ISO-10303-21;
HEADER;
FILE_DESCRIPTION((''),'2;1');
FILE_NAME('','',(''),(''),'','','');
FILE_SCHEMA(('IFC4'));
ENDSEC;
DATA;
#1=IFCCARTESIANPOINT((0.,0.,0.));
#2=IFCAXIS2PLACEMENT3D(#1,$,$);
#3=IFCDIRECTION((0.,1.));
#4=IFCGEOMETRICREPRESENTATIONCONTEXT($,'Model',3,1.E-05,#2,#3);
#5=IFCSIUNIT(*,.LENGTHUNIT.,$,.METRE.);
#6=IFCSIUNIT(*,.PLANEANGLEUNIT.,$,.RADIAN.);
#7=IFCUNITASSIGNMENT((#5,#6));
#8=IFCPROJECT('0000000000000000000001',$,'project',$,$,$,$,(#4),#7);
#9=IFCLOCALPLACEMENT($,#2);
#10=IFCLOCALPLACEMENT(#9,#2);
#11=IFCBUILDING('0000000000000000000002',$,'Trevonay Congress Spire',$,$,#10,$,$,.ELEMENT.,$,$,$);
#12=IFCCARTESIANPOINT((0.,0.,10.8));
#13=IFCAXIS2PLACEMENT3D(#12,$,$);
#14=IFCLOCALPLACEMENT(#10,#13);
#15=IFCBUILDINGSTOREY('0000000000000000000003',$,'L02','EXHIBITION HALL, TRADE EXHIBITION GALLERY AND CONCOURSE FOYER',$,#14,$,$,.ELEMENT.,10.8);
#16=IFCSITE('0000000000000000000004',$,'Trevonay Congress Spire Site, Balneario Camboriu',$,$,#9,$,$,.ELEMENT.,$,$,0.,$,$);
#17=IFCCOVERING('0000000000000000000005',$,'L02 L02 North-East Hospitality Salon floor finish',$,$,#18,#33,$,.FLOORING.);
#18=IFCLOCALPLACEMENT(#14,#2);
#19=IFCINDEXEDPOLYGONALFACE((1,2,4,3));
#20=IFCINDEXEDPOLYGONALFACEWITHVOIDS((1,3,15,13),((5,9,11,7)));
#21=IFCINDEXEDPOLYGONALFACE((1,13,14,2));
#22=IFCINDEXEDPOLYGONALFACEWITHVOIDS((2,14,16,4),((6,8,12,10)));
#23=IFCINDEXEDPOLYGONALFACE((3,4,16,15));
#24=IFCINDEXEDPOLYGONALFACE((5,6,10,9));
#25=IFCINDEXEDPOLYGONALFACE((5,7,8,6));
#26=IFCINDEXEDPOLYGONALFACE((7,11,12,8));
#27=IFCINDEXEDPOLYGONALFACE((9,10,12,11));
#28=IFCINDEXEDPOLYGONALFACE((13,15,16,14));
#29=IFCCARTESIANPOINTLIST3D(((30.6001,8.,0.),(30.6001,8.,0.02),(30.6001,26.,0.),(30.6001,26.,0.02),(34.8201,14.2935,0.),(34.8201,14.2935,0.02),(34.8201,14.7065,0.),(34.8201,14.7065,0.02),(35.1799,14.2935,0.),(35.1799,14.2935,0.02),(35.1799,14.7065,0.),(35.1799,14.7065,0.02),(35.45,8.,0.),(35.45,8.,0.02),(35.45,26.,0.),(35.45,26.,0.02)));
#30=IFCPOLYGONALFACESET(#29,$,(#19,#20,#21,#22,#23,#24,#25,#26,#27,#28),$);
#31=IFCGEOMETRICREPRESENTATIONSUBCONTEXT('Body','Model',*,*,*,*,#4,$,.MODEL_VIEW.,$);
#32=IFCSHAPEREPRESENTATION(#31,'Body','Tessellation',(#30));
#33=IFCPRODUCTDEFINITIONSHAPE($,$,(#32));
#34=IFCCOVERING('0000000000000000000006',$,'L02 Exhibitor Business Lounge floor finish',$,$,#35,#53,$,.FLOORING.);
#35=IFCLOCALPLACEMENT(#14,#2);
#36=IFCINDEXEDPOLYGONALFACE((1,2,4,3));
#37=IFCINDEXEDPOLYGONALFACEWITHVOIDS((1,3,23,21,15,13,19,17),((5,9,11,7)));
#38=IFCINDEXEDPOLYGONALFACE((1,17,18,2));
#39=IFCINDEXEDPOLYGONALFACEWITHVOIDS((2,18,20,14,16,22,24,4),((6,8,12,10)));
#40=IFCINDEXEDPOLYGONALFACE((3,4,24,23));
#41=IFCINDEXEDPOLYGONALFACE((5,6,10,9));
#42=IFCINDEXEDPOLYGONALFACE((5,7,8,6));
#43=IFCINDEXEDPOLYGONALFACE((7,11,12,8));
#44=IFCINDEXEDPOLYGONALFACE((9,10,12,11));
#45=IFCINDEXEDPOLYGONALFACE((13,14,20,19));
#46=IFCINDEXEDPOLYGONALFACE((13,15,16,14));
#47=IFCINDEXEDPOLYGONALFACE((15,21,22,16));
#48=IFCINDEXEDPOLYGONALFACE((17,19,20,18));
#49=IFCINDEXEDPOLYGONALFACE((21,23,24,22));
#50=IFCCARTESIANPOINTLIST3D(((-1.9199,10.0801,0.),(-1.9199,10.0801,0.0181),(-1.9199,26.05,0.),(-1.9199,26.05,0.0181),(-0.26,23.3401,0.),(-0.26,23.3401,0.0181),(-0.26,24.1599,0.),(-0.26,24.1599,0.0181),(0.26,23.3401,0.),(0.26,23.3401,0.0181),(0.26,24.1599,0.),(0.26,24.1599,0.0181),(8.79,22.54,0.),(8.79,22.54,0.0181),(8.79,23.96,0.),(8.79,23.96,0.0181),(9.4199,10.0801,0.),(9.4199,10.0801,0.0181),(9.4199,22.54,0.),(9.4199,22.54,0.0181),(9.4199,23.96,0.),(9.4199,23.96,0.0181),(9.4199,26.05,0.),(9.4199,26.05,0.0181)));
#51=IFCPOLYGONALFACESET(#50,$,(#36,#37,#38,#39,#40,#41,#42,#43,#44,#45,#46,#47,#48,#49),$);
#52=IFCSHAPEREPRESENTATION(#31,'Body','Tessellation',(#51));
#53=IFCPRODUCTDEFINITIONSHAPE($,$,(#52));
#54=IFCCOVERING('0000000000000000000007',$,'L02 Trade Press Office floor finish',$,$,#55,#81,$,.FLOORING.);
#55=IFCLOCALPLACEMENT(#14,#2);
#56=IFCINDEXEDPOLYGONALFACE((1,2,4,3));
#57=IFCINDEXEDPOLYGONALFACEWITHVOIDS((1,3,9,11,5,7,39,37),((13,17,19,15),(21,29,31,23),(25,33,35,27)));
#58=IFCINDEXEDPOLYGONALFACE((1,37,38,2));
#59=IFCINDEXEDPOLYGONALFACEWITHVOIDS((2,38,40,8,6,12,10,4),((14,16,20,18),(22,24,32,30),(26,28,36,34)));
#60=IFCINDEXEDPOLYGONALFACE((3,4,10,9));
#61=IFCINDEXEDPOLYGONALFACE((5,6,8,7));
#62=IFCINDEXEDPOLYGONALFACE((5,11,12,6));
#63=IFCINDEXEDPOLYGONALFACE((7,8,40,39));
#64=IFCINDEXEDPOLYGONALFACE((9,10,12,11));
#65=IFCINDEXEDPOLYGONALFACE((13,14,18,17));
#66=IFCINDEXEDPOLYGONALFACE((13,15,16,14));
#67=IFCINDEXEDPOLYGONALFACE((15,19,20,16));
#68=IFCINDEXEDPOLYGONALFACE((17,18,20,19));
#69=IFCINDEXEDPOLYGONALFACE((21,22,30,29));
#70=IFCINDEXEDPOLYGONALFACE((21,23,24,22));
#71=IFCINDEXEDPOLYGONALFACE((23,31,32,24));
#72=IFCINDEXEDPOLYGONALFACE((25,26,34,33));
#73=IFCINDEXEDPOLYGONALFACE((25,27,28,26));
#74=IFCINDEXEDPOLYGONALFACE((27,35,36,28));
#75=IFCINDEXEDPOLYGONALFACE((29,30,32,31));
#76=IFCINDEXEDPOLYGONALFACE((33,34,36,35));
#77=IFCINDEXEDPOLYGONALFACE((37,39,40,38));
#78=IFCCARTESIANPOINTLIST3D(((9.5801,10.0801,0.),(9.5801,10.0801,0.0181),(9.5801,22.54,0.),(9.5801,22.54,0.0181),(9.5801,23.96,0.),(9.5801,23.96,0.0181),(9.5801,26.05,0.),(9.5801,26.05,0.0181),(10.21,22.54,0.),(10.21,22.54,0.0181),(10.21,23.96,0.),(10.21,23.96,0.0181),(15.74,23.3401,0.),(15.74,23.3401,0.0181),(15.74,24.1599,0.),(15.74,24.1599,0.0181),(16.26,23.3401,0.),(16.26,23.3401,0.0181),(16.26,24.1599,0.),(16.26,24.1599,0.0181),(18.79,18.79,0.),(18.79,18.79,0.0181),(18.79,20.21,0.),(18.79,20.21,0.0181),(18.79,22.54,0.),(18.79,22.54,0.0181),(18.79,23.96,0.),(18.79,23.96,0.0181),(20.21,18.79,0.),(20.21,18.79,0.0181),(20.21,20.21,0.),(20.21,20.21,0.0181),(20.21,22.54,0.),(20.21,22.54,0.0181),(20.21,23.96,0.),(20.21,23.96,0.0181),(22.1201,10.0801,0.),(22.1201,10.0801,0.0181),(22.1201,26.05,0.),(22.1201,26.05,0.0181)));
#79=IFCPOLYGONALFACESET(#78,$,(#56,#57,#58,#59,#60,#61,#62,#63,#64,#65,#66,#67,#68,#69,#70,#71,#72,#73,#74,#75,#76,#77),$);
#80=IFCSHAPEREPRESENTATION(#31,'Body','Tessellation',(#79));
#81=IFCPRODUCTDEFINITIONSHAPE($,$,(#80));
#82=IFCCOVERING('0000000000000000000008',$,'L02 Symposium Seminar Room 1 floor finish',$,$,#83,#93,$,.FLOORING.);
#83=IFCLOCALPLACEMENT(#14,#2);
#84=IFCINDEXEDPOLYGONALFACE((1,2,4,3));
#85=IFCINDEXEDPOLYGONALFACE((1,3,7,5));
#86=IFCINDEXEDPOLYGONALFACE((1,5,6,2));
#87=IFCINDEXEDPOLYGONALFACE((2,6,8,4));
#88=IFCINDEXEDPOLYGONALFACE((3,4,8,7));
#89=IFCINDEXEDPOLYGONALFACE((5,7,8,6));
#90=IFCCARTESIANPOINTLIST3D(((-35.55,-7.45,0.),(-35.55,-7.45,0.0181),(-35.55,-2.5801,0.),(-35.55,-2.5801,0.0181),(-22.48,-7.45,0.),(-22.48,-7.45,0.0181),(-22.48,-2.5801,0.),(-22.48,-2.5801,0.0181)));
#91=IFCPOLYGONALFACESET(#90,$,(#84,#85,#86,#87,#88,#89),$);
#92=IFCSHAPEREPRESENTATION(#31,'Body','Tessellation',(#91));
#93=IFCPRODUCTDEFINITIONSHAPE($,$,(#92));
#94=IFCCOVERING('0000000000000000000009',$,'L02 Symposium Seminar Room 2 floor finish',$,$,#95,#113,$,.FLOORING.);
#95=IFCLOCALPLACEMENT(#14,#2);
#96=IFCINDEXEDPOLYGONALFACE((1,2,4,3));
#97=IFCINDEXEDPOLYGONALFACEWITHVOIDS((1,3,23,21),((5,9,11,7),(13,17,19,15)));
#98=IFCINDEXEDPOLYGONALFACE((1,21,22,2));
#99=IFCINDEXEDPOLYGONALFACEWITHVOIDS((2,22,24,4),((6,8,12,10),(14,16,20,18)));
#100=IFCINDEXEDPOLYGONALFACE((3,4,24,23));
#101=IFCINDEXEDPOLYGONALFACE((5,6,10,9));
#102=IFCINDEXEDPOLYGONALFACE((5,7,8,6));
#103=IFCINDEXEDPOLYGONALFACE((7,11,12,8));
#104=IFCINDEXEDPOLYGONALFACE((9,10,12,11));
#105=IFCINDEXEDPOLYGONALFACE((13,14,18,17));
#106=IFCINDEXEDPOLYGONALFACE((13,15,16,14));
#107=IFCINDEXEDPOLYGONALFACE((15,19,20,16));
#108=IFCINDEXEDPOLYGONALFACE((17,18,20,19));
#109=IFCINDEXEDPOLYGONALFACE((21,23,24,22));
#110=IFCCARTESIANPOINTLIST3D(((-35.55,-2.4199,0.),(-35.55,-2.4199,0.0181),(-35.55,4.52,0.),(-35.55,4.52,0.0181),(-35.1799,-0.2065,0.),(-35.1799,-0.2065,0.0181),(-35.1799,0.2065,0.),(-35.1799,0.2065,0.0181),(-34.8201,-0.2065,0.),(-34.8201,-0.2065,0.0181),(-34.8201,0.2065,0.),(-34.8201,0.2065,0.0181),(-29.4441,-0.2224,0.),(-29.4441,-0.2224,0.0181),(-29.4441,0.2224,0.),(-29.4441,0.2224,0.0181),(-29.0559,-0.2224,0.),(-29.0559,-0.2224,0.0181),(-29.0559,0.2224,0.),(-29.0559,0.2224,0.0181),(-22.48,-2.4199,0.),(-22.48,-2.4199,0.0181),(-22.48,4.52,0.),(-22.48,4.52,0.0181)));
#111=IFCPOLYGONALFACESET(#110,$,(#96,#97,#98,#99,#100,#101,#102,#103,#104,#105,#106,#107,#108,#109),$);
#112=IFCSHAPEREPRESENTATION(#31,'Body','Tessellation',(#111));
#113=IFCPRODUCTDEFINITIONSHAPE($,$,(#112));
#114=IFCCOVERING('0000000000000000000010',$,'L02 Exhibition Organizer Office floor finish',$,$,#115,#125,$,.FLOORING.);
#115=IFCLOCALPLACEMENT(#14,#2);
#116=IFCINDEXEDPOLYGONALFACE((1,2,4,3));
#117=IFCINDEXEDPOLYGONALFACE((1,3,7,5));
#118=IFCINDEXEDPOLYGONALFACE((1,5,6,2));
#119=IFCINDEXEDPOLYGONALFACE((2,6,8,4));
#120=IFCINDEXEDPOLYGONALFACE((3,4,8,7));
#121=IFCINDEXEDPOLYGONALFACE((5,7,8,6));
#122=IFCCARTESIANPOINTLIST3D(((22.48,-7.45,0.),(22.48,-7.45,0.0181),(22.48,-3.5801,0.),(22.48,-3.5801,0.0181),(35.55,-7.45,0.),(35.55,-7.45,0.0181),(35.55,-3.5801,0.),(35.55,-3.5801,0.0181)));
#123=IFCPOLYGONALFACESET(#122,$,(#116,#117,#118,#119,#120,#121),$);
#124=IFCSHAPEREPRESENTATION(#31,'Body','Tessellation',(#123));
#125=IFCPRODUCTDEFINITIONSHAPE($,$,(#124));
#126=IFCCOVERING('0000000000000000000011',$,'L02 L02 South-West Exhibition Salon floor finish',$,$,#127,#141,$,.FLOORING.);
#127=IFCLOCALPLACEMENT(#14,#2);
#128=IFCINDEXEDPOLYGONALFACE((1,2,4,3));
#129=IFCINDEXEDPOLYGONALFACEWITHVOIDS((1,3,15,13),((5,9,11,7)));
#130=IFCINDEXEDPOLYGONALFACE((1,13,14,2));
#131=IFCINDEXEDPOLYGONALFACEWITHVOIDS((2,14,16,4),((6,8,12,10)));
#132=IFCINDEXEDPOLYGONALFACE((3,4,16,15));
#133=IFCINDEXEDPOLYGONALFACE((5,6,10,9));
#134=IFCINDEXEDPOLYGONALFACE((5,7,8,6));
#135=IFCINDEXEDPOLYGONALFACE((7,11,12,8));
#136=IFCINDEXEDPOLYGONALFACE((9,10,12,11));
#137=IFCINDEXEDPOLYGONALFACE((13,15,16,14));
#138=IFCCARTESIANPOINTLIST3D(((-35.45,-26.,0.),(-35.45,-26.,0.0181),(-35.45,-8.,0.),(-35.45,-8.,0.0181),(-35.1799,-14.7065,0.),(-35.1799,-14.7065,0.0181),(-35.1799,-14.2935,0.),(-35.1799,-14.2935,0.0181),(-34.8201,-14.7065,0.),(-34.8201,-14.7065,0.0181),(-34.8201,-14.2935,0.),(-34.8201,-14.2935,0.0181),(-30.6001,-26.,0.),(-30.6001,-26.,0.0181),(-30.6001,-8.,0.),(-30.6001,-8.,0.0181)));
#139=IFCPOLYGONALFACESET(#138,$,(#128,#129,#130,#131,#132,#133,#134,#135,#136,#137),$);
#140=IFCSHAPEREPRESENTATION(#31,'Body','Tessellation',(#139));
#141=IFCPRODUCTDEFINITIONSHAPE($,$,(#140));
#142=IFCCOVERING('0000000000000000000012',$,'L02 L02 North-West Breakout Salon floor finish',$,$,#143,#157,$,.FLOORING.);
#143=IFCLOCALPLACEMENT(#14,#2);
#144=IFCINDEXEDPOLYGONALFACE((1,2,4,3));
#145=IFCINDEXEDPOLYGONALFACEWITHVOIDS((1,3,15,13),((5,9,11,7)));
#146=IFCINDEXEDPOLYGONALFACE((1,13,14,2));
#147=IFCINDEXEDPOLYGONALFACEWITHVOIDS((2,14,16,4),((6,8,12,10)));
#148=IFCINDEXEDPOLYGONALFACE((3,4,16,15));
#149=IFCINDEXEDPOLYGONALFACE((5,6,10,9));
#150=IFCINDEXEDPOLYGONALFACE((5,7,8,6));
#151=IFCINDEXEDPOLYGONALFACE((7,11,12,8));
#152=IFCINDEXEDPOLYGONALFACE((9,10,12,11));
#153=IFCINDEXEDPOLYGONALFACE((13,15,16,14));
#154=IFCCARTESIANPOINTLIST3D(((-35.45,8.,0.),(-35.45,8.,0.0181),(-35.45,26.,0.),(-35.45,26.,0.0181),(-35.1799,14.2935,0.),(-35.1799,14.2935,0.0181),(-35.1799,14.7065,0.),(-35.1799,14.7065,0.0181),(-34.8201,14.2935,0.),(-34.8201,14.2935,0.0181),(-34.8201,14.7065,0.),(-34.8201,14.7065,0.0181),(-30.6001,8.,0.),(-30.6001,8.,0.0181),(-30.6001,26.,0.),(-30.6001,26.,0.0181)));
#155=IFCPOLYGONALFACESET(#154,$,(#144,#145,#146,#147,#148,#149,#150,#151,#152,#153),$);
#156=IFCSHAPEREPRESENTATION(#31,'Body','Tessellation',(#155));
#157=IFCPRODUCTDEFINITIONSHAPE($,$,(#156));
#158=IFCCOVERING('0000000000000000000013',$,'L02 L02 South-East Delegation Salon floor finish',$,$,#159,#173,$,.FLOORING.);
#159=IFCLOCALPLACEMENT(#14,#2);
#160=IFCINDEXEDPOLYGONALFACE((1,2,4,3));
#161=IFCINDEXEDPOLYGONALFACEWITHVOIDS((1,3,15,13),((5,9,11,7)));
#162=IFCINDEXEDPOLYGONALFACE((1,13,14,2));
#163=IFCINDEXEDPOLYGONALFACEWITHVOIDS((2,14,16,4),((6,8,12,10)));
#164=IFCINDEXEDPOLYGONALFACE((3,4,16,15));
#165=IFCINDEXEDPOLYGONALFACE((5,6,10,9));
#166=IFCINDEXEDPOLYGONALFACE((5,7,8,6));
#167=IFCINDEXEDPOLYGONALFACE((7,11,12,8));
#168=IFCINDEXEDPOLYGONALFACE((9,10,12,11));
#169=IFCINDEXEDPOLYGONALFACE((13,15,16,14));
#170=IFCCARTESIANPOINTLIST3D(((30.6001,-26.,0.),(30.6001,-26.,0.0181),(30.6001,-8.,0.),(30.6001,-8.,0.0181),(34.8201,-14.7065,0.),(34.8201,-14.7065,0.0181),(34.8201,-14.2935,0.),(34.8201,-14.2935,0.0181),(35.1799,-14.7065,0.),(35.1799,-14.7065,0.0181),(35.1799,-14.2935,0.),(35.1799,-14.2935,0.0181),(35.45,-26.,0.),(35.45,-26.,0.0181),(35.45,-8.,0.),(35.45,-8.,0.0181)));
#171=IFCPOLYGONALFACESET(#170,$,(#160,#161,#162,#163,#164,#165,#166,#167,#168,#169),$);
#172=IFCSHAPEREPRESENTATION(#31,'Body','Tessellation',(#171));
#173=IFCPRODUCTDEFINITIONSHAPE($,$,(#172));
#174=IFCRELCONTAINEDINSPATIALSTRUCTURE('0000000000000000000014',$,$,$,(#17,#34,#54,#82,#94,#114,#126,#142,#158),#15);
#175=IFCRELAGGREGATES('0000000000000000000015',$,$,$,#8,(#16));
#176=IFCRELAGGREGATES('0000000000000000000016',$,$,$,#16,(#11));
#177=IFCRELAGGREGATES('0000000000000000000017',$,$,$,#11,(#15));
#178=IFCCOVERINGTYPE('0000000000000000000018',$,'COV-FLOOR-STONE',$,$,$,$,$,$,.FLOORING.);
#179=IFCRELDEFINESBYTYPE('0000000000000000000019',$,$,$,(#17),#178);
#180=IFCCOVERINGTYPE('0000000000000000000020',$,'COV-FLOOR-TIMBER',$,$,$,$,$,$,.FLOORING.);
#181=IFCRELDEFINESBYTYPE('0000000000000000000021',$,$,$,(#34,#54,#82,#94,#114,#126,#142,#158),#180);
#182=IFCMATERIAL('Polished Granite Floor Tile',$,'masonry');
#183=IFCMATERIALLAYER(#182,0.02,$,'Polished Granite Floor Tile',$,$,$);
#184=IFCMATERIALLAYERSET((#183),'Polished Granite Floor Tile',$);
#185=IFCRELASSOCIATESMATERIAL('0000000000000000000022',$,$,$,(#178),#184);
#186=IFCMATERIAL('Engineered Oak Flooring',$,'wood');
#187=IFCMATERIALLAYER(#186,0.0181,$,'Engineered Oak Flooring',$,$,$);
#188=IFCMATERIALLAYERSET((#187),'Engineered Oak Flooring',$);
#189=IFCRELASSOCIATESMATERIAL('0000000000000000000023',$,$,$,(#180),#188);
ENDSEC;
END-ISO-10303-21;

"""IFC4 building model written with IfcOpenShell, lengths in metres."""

from ifc_helpers import new_model, si_unit, direction, frame, origin, place, context, subcontext, project, spatial, polyline, outline, extrude, material, layer, layer_set, type_object, element, save


model = new_model("IFC4")

# Units and contexts
model_context = context("Model", 3, precision=1e-05, world=origin(), true_north=direction((0.0, 1.0)))
body_context = subcontext(model_context, "Body", "Model", "MODEL_VIEW")
ifc_project = project(units=[si_unit("LENGTHUNIT", "METRE"), si_unit("PLANEANGLEUNIT", "RADIAN")], contexts=[model_context])

# Site, building, storey
site_placement = place(None, origin())
site = spatial("IfcSite", under=ifc_project, at=site_placement, Name="Trevonay Congress Spire Site, Balneario Camboriu", CompositionType="ELEMENT", RefElevation=0.0)
building_placement = place(site_placement, origin())
building = spatial("IfcBuilding", under=site, at=building_placement, Name="Trevonay Congress Spire", CompositionType="ELEMENT")
storey_placement = place(building_placement, frame((0.0, 0.0, 10.8)))
storey = spatial("IfcBuildingStorey", under=building, at=storey_placement, Name="L02", Description="EXHIBITION HALL, TRADE EXHIBITION GALLERY AND CONCOURSE FOYER", CompositionType="ELEMENT", Elevation=10.8)

# Coverings
ifc_material_1 = material(Name="Polished Granite Floor Tile", Category="masonry")
ifc_layer_1 = layer(ifc_material_1, 0.02, Name="Polished Granite Floor Tile")
ifc_layer_set_1 = layer_set([ifc_layer_1], Name="Polished Granite Floor Tile")
covering_type_1 = type_object("IfcCoveringType", Name="COV-FLOOR-STONE", PredefinedType="FLOORING", material=ifc_layer_set_1)
covering_1_placement = place(storey_placement, origin())
element("IfcCovering", 1, at=covering_1_placement, inside=storey, type_object=covering_type_1, Name="L02 L02 North-East Hospitality Salon floor finish", PredefinedType="FLOORING", context=body_context, shape_type="SweptSolid", body=[
    extrude(outline(polyline([(30.6001, 26.0), (35.45, 26.0), (35.45, 8.0), (30.6001, 8.0), (30.6001, 26.0)]), holes=[polyline([(35.1799, 14.2935), (35.1799, 14.7065), (34.8201, 14.7065), (34.8201, 14.2935), (35.1799, 14.2935)])]), origin(), (0.0, 0.0, 1.0), 0.02),
])
ifc_material_2 = material(Name="Engineered Oak Flooring", Category="wood")
ifc_layer_2 = layer(ifc_material_2, 0.0181, Name="Engineered Oak Flooring")
ifc_layer_set_2 = layer_set([ifc_layer_2], Name="Engineered Oak Flooring")
covering_type_2 = type_object("IfcCoveringType", Name="COV-FLOOR-TIMBER", PredefinedType="FLOORING", material=ifc_layer_set_2)
covering_2_placement = place(storey_placement, origin())
element("IfcCovering", 2, at=covering_2_placement, inside=storey, type_object=covering_type_2, Name="L02 Exhibitor Business Lounge floor finish", PredefinedType="FLOORING", context=body_context, shape_type="SweptSolid", body=[
    extrude(outline(polyline([(9.4199, 10.0801), (-1.9199, 10.0801), (-1.9199, 26.05), (9.4199, 26.05), (9.4199, 23.96), (8.79, 23.96), (8.79, 22.54), (9.4199, 22.54), (9.4199, 10.0801)]), holes=[polyline([(-0.26, 23.3401), (0.26, 23.3401), (0.26, 24.1599), (-0.26, 24.1599), (-0.26, 23.3401)])]), origin(), (0.0, 0.0, 1.0), 0.0181),
])
covering_3_placement = place(storey_placement, origin())
element("IfcCovering", 3, at=covering_3_placement, inside=storey, type_object=covering_type_2, Name="L02 Trade Press Office floor finish", PredefinedType="FLOORING", context=body_context, shape_type="SweptSolid", body=[
    extrude(outline(polyline([(9.5801, 26.05), (22.1201, 26.05), (22.1201, 10.0801), (9.5801, 10.0801), (9.5801, 22.54), (10.21, 22.54), (10.21, 23.96), (9.5801, 23.96), (9.5801, 26.05)]), holes=[polyline([(18.79, 20.21), (18.79, 18.79), (20.21, 18.79), (20.21, 20.21), (18.79, 20.21)]), polyline([(18.79, 23.96), (18.79, 22.54), (20.21, 22.54), (20.21, 23.96), (18.79, 23.96)]), polyline([(15.74, 24.1599), (15.74, 23.3401), (16.26, 23.3401), (16.26, 24.1599), (15.74, 24.1599)])]), origin(), (0.0, 0.0, 1.0), 0.0181),
])
covering_4_placement = place(storey_placement, origin())
element("IfcCovering", 4, at=covering_4_placement, inside=storey, type_object=covering_type_2, Name="L02 Symposium Seminar Room 1 floor finish", PredefinedType="FLOORING", context=body_context, shape_type="SweptSolid", body=[
    extrude(outline(polyline([(-35.55, -7.45), (-22.48, -7.45), (-22.48, -2.5801), (-35.55, -2.5801), (-35.55, -7.45)])), origin(), (0.0, 0.0, 1.0), 0.0181),
])
covering_5_placement = place(storey_placement, origin())
element("IfcCovering", 5, at=covering_5_placement, inside=storey, type_object=covering_type_2, Name="L02 Symposium Seminar Room 2 floor finish", PredefinedType="FLOORING", context=body_context, shape_type="SweptSolid", body=[
    extrude(outline(polyline([(-35.55, 4.52), (-22.48, 4.52), (-22.48, -2.4199), (-35.55, -2.4199), (-35.55, 4.52)]), holes=[polyline([(-35.1799, -0.2065), (-34.8201, -0.2065), (-34.8201, 0.2065), (-35.1799, 0.2065), (-35.1799, -0.2065)]), polyline([(-29.4441, -0.2224), (-29.0559, -0.2224), (-29.0559, 0.2224), (-29.4441, 0.2224), (-29.4441, -0.2224)])]), origin(), (0.0, 0.0, 1.0), 0.0181),
])
covering_6_placement = place(storey_placement, origin())
element("IfcCovering", 6, at=covering_6_placement, inside=storey, type_object=covering_type_2, Name="L02 Exhibition Organizer Office floor finish", PredefinedType="FLOORING", context=body_context, shape_type="SweptSolid", body=[
    extrude(outline(polyline([(22.48, -7.45), (35.55, -7.45), (35.55, -3.5801), (22.48, -3.5801), (22.48, -7.45)])), origin(), (0.0, 0.0, 1.0), 0.0181),
])
covering_7_placement = place(storey_placement, origin())
element("IfcCovering", 7, at=covering_7_placement, inside=storey, type_object=covering_type_2, Name="L02 L02 South-West Exhibition Salon floor finish", PredefinedType="FLOORING", context=body_context, shape_type="SweptSolid", body=[
    extrude(outline(polyline([(-35.45, -8.0), (-30.6001, -8.0), (-30.6001, -26.0), (-35.45, -26.0), (-35.45, -8.0)]), holes=[polyline([(-34.8201, -14.7065), (-34.8201, -14.2935), (-35.1799, -14.2935), (-35.1799, -14.7065), (-34.8201, -14.7065)])]), origin(), (0.0, 0.0, 1.0), 0.0181),
])
covering_8_placement = place(storey_placement, origin())
element("IfcCovering", 8, at=covering_8_placement, inside=storey, type_object=covering_type_2, Name="L02 L02 North-West Breakout Salon floor finish", PredefinedType="FLOORING", context=body_context, shape_type="SweptSolid", body=[
    extrude(outline(polyline([(-35.45, 26.0), (-30.6001, 26.0), (-30.6001, 8.0), (-35.45, 8.0), (-35.45, 26.0)]), holes=[polyline([(-34.8201, 14.2935), (-34.8201, 14.7065), (-35.1799, 14.7065), (-35.1799, 14.2935), (-34.8201, 14.2935)])]), origin(), (0.0, 0.0, 1.0), 0.0181),
])
covering_9_placement = place(storey_placement, origin())
element("IfcCovering", 9, at=covering_9_placement, inside=storey, type_object=covering_type_2, Name="L02 L02 South-East Delegation Salon floor finish", PredefinedType="FLOORING", context=body_context, shape_type="SweptSolid", body=[
    extrude(outline(polyline([(30.6001, -8.0), (35.45, -8.0), (35.45, -26.0), (30.6001, -26.0), (30.6001, -8.0)]), holes=[polyline([(35.1799, -14.7065), (35.1799, -14.2935), (34.8201, -14.2935), (34.8201, -14.7065), (35.1799, -14.7065)])]), origin(), (0.0, 0.0, 1.0), 0.0181),
])

save(model, "model.ifc")
